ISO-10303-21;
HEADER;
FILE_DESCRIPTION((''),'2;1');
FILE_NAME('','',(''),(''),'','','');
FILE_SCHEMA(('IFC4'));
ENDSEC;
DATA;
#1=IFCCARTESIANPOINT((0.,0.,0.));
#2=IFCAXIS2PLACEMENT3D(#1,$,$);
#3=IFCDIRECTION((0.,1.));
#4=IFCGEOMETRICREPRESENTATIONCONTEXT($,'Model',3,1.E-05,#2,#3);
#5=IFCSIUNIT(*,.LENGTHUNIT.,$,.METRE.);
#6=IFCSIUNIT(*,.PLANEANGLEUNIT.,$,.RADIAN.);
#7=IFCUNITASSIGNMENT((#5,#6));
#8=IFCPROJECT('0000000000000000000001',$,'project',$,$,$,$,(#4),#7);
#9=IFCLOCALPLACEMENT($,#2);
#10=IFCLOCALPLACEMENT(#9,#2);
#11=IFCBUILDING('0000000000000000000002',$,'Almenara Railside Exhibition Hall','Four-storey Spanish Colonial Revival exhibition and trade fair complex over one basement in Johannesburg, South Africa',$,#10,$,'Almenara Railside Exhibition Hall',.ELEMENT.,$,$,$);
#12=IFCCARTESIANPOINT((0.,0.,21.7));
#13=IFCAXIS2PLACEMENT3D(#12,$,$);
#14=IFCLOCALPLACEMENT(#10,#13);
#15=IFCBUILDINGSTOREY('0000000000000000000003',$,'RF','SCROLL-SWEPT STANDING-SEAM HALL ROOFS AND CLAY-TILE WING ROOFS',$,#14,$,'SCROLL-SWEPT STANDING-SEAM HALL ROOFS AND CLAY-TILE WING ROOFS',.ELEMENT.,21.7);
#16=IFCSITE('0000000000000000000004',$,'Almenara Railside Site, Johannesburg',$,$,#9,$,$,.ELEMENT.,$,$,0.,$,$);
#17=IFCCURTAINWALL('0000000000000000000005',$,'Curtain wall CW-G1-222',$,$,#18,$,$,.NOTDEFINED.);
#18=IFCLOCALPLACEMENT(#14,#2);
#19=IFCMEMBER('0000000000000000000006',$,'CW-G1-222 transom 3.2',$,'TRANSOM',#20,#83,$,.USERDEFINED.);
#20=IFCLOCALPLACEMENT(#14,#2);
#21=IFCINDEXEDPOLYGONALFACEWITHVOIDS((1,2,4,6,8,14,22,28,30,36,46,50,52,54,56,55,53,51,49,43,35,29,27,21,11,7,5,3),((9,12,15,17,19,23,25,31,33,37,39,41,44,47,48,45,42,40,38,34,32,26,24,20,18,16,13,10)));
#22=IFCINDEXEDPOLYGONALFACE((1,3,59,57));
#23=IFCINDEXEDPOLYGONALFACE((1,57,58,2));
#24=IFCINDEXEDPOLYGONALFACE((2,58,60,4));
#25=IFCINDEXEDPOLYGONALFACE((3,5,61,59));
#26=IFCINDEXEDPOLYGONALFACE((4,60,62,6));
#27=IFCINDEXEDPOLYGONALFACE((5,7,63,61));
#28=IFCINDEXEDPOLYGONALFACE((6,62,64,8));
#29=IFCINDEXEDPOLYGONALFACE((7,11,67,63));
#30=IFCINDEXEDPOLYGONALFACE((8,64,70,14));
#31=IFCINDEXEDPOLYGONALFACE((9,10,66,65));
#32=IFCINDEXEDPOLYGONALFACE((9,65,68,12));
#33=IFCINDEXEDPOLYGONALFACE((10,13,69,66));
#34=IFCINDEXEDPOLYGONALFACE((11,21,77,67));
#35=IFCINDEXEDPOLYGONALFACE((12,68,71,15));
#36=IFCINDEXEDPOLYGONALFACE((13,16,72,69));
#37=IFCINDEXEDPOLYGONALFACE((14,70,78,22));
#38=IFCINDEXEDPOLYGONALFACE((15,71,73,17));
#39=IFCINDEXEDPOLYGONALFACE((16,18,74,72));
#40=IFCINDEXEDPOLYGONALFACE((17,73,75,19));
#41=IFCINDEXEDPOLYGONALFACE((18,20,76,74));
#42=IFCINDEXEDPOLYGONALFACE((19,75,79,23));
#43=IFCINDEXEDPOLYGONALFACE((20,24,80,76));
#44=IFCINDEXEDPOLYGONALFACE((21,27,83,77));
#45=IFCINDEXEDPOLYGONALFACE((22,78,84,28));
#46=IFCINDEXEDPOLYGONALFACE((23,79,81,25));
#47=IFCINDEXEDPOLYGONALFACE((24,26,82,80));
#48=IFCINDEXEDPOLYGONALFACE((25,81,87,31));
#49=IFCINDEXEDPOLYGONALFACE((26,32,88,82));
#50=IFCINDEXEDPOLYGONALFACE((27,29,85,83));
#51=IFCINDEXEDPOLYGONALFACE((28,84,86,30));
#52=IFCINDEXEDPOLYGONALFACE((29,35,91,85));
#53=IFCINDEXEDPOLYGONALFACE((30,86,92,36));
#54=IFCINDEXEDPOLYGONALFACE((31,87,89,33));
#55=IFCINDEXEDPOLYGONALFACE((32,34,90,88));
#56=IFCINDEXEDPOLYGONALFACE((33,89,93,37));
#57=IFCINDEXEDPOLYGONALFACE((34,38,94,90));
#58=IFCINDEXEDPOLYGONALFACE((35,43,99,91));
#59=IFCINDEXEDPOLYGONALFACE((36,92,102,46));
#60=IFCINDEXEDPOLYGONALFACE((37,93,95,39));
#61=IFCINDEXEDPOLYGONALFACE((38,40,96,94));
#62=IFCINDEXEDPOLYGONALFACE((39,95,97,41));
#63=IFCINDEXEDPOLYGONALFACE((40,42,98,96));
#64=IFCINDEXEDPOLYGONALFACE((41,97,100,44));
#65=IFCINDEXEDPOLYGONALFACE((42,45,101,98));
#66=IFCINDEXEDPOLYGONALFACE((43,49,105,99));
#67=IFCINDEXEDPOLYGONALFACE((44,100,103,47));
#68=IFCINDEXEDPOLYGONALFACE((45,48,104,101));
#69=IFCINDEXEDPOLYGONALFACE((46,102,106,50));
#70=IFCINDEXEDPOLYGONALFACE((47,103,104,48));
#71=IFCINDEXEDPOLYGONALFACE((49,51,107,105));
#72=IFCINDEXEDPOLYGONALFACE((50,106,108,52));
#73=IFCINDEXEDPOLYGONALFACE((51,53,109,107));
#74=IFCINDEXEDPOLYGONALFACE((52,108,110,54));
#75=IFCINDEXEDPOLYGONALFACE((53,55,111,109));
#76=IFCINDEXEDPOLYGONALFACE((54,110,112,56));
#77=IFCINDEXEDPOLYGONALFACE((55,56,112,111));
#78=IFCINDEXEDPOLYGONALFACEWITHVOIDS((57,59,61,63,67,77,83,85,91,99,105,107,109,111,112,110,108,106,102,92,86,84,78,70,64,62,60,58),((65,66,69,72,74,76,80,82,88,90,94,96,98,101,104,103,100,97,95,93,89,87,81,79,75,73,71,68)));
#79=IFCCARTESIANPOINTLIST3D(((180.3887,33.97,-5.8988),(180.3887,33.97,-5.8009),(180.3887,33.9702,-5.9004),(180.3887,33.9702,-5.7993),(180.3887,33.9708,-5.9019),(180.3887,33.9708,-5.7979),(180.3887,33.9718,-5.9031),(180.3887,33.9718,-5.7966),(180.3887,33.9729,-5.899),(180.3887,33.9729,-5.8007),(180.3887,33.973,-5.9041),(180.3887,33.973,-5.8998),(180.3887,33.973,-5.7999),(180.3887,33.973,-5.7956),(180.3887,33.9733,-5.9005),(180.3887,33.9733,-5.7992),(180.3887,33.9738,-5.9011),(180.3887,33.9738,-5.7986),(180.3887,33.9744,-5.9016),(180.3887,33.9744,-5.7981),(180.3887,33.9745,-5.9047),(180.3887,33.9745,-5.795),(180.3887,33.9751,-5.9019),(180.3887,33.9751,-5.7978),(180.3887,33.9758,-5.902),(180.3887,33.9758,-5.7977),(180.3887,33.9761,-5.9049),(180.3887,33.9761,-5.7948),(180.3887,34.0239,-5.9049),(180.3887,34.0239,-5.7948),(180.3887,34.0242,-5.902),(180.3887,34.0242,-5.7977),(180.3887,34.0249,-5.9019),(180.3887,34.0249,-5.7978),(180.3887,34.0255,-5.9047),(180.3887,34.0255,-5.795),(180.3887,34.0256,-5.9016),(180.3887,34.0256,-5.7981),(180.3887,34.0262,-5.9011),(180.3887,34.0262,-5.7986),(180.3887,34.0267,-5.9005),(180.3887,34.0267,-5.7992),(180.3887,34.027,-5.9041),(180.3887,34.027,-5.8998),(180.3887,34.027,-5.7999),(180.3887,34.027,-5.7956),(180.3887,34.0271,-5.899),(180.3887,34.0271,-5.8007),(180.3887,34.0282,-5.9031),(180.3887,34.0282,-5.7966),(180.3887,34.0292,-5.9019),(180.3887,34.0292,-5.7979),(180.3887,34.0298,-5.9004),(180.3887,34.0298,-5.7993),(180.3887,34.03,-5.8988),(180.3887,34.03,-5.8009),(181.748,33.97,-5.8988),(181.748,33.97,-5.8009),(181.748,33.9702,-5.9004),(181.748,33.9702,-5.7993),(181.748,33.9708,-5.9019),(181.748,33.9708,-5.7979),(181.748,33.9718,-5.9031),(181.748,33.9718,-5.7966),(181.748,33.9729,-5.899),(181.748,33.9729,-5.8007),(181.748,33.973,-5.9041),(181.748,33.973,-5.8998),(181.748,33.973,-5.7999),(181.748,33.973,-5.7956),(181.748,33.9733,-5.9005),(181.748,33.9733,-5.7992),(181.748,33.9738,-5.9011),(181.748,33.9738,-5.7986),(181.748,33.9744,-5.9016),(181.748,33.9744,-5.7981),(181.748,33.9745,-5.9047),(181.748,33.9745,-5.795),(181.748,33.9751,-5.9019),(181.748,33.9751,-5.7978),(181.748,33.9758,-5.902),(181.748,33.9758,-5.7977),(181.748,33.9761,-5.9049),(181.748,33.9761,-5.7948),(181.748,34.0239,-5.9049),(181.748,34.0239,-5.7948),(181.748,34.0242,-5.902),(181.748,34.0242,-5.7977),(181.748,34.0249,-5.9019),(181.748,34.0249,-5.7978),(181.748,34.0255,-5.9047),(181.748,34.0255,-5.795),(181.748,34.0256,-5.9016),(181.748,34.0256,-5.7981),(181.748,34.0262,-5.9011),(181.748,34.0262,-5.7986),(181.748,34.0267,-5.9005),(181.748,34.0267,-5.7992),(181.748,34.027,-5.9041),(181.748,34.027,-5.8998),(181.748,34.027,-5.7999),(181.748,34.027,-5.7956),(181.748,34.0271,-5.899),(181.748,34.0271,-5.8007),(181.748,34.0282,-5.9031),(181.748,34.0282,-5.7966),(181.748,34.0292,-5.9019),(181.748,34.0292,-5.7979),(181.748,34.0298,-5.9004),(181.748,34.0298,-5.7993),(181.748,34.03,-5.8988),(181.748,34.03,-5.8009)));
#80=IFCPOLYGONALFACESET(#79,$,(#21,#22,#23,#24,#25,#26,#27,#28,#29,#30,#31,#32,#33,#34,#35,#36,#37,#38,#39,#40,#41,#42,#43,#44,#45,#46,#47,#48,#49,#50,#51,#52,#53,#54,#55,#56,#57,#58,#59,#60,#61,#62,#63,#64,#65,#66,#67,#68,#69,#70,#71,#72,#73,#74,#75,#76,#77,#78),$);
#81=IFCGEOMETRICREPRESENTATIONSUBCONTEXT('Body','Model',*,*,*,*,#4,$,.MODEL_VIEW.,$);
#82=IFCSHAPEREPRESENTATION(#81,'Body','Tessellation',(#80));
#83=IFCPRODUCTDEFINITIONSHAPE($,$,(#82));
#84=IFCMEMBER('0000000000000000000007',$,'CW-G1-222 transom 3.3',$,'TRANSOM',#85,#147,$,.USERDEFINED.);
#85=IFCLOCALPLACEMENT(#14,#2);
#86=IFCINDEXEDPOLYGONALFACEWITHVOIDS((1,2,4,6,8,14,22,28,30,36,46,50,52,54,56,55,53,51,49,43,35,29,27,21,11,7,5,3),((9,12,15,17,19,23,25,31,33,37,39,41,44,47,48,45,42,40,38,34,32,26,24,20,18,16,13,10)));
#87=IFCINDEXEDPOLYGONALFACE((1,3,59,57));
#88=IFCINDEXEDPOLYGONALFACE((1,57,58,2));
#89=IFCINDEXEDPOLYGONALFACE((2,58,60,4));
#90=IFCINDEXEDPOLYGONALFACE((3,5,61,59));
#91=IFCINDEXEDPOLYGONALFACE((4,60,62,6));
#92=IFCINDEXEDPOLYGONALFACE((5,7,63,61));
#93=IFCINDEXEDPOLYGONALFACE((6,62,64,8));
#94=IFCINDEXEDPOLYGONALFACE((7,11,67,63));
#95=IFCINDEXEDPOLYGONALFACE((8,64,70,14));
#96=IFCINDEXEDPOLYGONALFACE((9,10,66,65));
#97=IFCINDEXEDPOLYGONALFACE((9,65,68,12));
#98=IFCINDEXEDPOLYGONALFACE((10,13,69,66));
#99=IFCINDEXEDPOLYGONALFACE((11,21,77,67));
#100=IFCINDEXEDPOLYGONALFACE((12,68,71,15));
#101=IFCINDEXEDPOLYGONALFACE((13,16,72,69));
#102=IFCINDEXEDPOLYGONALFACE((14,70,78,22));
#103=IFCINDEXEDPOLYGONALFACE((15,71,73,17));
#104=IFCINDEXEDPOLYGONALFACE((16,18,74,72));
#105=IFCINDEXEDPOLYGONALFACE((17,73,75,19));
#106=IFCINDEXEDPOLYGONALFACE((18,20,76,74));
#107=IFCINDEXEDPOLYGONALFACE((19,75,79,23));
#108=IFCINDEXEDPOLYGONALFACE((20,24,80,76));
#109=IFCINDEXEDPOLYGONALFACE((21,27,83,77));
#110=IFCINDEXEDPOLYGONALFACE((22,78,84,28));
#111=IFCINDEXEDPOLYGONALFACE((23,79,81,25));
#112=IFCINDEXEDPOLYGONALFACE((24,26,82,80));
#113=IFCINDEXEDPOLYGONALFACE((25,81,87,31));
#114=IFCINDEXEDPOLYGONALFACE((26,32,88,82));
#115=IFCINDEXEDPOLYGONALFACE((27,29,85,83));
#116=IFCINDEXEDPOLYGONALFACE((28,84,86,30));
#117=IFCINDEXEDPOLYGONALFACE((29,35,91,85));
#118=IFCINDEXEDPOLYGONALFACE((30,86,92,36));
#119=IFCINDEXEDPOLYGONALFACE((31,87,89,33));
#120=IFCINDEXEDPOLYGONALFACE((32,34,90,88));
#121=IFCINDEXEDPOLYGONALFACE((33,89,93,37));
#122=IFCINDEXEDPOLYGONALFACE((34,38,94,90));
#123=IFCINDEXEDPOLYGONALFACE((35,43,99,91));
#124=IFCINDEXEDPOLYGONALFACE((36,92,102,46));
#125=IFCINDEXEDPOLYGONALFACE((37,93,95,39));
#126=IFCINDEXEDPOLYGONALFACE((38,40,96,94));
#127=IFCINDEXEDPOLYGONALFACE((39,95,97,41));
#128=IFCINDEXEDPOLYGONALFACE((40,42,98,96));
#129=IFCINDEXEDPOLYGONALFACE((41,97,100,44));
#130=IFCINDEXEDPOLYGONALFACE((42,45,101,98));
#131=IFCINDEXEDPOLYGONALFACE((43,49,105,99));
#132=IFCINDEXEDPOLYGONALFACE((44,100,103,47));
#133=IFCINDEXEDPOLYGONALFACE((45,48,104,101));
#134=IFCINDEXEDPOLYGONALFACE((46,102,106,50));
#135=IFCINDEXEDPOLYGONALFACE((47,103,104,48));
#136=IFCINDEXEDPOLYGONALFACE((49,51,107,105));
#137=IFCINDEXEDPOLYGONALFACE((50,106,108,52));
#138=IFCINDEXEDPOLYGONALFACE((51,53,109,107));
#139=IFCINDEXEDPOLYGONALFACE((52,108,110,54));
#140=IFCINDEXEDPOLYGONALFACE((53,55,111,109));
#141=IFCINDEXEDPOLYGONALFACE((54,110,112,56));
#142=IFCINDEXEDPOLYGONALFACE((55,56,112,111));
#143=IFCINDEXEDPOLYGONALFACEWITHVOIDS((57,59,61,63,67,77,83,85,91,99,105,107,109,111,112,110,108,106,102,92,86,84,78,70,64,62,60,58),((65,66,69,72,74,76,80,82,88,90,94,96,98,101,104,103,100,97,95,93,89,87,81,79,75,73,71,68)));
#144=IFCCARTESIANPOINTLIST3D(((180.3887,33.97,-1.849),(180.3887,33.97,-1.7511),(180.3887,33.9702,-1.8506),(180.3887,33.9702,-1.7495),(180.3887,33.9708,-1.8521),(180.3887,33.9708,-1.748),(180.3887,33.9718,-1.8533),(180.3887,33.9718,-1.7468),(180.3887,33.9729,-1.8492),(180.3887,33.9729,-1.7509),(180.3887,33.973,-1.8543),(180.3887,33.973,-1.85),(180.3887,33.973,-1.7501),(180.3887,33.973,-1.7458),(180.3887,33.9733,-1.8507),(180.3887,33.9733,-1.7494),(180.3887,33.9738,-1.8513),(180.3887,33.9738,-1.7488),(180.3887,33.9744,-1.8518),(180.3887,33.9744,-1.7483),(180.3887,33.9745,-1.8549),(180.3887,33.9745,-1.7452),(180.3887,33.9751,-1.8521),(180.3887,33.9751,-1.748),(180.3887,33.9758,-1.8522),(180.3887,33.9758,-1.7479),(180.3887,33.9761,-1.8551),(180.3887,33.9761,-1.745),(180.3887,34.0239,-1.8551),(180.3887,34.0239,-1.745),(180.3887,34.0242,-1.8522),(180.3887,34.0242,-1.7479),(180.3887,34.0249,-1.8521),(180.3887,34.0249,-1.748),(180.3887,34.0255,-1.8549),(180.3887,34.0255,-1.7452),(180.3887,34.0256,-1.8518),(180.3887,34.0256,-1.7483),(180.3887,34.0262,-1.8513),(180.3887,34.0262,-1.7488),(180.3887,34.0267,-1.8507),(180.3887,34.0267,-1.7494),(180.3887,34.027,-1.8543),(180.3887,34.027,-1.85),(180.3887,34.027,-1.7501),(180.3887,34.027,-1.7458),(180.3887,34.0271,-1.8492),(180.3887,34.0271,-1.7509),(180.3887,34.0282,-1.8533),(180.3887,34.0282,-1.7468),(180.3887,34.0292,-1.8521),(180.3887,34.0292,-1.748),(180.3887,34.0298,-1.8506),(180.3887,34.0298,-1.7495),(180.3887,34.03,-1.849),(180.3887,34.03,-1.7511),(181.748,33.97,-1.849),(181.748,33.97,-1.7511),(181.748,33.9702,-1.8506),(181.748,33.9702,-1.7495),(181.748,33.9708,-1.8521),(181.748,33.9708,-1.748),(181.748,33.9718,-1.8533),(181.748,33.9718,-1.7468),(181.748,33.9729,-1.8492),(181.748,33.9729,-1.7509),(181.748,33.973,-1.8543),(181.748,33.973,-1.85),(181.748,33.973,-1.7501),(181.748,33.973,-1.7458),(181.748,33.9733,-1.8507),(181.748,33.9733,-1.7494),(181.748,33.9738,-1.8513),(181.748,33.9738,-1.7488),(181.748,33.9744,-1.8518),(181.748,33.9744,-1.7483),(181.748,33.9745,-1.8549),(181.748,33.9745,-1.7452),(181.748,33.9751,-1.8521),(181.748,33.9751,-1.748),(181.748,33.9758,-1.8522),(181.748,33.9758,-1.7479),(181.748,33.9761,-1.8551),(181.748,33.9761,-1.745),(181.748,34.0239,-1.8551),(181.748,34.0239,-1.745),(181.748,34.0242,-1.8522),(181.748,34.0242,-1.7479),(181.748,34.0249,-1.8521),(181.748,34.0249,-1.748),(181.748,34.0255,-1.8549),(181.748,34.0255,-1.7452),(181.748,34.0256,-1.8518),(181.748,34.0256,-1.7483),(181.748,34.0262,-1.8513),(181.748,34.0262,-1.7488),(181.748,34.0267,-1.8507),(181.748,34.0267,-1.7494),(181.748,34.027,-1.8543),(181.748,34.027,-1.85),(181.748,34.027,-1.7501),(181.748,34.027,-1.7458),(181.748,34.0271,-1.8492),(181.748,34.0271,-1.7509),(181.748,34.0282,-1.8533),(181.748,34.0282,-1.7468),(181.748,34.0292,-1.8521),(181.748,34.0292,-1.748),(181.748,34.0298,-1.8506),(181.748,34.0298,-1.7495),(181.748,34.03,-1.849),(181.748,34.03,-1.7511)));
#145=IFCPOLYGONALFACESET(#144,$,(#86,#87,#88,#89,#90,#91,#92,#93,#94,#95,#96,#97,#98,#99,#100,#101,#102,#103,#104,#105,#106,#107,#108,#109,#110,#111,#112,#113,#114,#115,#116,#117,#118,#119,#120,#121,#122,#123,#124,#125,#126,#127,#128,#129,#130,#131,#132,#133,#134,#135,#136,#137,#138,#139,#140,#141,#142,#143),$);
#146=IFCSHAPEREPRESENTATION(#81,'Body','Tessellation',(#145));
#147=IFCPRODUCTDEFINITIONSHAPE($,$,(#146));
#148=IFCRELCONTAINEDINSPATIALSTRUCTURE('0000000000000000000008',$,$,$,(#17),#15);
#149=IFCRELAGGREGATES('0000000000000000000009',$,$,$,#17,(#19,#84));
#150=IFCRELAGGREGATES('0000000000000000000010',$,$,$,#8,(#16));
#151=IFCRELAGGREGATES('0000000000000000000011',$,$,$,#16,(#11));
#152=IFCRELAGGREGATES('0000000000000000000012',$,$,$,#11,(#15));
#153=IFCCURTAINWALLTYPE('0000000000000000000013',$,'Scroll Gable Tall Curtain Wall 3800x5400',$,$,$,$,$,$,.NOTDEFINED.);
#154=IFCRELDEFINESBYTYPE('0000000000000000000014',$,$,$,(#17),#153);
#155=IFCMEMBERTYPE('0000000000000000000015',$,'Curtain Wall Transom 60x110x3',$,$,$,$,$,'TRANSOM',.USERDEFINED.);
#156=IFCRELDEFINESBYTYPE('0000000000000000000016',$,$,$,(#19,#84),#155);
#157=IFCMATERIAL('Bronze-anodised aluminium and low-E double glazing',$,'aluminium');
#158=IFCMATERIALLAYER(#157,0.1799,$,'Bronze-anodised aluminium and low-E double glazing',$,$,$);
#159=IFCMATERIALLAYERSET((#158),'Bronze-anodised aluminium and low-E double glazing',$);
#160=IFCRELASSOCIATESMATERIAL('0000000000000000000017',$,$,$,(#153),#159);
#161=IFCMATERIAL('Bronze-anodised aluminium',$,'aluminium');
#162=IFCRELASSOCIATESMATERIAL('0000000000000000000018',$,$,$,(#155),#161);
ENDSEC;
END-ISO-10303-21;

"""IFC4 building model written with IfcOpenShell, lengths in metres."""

from ifc_helpers import new_model, si_unit, direction, frame, origin, origin_2d, place, context, subcontext, project, spatial, hollow_rectangle, extrude, material, layer, layer_set, material_profile, profile_set, type_object, element, aggregate, save


model = new_model("IFC4")

# Units and contexts
model_context = context("Model", 3, precision=1e-05, world=origin(), true_north=direction((0.0, 1.0)))
body_context = subcontext(model_context, "Body", "Model", "MODEL_VIEW")
ifc_project = project(units=[si_unit("LENGTHUNIT", "METRE"), si_unit("PLANEANGLEUNIT", "RADIAN")], contexts=[model_context])

# Site, building, storey
site_placement = place(None, origin())
site = spatial("IfcSite", under=ifc_project, at=site_placement, Name="Almenara Railside Site, Johannesburg", CompositionType="ELEMENT", RefElevation=0.0)
building_placement = place(site_placement, origin())
building = spatial("IfcBuilding", under=site, at=building_placement, Name="Almenara Railside Exhibition Hall", Description="Four-storey Spanish Colonial Revival exhibition and trade fair complex over one basement in Johannesburg, South Africa", LongName="Almenara Railside Exhibition Hall", CompositionType="ELEMENT")
storey_placement = place(building_placement, frame((0.0, 0.0, 21.7)))
storey = spatial("IfcBuildingStorey", under=building, at=storey_placement, Name="RF", Description="SCROLL-SWEPT STANDING-SEAM HALL ROOFS AND CLAY-TILE WING ROOFS", LongName="SCROLL-SWEPT STANDING-SEAM HALL ROOFS AND CLAY-TILE WING ROOFS", CompositionType="ELEMENT", Elevation=21.7)

# Curtain wall
ifc_material_1 = material(Name="Bronze-anodised aluminium and low-E double glazing", Category="aluminium")
ifc_layer_1 = layer(ifc_material_1, 0.1799, Name="Bronze-anodised aluminium and low-E double glazing")
ifc_layer_set_1 = layer_set([ifc_layer_1], Name="Bronze-anodised aluminium and low-E double glazing")
curtain_wall_type = type_object("IfcCurtainWallType", Name="Scroll Gable Tall Curtain Wall 3800x5400", PredefinedType="NOTDEFINED", material=ifc_layer_set_1)
curtain_wall_1_placement = place(storey_placement, origin())
curtain_wall_1 = element("IfcCurtainWall", 1, at=curtain_wall_1_placement, inside=storey, type_object=curtain_wall_type, Name="Curtain wall CW-G1-222", PredefinedType="NOTDEFINED")
ifc_material_2 = material(Name="Bronze-anodised aluminium", Category="aluminium")

# Members
ifc_material_profile_1 = material_profile(ifc_material_2, hollow_rectangle(XDim=0.0601, YDim=0.1101, WallThickness=0.0029, InnerFilletRadius=0.0029, OuterFilletRadius=0.0061, at=origin_2d()), Name="ALU-TRN 60x110x3")
ifc_profile_set_1 = profile_set([ifc_material_profile_1], Name="Bronze-anodised aluminium")
member_type_1 = type_object("IfcMemberType", Name="Curtain Wall Transom 60x110x3", ElementType="TRANSOM", PredefinedType="USERDEFINED", material=ifc_profile_set_1)
member_1_placement = place(storey_placement, frame((180.3887, 34.0, -5.8499), z_axis=(1.0, 0.0, 0.0), x_axis=(0.0, 1.0, 0.0)))
member_1 = element("IfcMember", 2, at=member_1_placement, type_object=member_type_1, Name="CW-G1-222 transom 3.2", ObjectType="TRANSOM", PredefinedType="USERDEFINED", context=body_context, shape_type="SweptSolid", body=[
    extrude(hollow_rectangle(XDim=0.0601, YDim=0.1101, WallThickness=0.0029, InnerFilletRadius=0.0029, OuterFilletRadius=0.0061, at=origin_2d()), origin(), (0.0, 0.0, 1.0), 1.3594),
])
member_2_placement = place(storey_placement, frame((180.3887, 34.0, -1.8), z_axis=(1.0, 0.0, 0.0), x_axis=(0.0, 1.0, 0.0)))
member_2 = element("IfcMember", 3, at=member_2_placement, type_object=member_type_1, Name="CW-G1-222 transom 3.3", ObjectType="TRANSOM", PredefinedType="USERDEFINED", context=body_context, shape_type="SweptSolid", body=[
    extrude(hollow_rectangle(XDim=0.0601, YDim=0.1101, WallThickness=0.0029, InnerFilletRadius=0.0029, OuterFilletRadius=0.0061, at=origin_2d()), origin(), (0.0, 0.0, 1.0), 1.3594),
])

aggregate(curtain_wall_1, [member_1, member_2])

save(model, "model.ifc")
